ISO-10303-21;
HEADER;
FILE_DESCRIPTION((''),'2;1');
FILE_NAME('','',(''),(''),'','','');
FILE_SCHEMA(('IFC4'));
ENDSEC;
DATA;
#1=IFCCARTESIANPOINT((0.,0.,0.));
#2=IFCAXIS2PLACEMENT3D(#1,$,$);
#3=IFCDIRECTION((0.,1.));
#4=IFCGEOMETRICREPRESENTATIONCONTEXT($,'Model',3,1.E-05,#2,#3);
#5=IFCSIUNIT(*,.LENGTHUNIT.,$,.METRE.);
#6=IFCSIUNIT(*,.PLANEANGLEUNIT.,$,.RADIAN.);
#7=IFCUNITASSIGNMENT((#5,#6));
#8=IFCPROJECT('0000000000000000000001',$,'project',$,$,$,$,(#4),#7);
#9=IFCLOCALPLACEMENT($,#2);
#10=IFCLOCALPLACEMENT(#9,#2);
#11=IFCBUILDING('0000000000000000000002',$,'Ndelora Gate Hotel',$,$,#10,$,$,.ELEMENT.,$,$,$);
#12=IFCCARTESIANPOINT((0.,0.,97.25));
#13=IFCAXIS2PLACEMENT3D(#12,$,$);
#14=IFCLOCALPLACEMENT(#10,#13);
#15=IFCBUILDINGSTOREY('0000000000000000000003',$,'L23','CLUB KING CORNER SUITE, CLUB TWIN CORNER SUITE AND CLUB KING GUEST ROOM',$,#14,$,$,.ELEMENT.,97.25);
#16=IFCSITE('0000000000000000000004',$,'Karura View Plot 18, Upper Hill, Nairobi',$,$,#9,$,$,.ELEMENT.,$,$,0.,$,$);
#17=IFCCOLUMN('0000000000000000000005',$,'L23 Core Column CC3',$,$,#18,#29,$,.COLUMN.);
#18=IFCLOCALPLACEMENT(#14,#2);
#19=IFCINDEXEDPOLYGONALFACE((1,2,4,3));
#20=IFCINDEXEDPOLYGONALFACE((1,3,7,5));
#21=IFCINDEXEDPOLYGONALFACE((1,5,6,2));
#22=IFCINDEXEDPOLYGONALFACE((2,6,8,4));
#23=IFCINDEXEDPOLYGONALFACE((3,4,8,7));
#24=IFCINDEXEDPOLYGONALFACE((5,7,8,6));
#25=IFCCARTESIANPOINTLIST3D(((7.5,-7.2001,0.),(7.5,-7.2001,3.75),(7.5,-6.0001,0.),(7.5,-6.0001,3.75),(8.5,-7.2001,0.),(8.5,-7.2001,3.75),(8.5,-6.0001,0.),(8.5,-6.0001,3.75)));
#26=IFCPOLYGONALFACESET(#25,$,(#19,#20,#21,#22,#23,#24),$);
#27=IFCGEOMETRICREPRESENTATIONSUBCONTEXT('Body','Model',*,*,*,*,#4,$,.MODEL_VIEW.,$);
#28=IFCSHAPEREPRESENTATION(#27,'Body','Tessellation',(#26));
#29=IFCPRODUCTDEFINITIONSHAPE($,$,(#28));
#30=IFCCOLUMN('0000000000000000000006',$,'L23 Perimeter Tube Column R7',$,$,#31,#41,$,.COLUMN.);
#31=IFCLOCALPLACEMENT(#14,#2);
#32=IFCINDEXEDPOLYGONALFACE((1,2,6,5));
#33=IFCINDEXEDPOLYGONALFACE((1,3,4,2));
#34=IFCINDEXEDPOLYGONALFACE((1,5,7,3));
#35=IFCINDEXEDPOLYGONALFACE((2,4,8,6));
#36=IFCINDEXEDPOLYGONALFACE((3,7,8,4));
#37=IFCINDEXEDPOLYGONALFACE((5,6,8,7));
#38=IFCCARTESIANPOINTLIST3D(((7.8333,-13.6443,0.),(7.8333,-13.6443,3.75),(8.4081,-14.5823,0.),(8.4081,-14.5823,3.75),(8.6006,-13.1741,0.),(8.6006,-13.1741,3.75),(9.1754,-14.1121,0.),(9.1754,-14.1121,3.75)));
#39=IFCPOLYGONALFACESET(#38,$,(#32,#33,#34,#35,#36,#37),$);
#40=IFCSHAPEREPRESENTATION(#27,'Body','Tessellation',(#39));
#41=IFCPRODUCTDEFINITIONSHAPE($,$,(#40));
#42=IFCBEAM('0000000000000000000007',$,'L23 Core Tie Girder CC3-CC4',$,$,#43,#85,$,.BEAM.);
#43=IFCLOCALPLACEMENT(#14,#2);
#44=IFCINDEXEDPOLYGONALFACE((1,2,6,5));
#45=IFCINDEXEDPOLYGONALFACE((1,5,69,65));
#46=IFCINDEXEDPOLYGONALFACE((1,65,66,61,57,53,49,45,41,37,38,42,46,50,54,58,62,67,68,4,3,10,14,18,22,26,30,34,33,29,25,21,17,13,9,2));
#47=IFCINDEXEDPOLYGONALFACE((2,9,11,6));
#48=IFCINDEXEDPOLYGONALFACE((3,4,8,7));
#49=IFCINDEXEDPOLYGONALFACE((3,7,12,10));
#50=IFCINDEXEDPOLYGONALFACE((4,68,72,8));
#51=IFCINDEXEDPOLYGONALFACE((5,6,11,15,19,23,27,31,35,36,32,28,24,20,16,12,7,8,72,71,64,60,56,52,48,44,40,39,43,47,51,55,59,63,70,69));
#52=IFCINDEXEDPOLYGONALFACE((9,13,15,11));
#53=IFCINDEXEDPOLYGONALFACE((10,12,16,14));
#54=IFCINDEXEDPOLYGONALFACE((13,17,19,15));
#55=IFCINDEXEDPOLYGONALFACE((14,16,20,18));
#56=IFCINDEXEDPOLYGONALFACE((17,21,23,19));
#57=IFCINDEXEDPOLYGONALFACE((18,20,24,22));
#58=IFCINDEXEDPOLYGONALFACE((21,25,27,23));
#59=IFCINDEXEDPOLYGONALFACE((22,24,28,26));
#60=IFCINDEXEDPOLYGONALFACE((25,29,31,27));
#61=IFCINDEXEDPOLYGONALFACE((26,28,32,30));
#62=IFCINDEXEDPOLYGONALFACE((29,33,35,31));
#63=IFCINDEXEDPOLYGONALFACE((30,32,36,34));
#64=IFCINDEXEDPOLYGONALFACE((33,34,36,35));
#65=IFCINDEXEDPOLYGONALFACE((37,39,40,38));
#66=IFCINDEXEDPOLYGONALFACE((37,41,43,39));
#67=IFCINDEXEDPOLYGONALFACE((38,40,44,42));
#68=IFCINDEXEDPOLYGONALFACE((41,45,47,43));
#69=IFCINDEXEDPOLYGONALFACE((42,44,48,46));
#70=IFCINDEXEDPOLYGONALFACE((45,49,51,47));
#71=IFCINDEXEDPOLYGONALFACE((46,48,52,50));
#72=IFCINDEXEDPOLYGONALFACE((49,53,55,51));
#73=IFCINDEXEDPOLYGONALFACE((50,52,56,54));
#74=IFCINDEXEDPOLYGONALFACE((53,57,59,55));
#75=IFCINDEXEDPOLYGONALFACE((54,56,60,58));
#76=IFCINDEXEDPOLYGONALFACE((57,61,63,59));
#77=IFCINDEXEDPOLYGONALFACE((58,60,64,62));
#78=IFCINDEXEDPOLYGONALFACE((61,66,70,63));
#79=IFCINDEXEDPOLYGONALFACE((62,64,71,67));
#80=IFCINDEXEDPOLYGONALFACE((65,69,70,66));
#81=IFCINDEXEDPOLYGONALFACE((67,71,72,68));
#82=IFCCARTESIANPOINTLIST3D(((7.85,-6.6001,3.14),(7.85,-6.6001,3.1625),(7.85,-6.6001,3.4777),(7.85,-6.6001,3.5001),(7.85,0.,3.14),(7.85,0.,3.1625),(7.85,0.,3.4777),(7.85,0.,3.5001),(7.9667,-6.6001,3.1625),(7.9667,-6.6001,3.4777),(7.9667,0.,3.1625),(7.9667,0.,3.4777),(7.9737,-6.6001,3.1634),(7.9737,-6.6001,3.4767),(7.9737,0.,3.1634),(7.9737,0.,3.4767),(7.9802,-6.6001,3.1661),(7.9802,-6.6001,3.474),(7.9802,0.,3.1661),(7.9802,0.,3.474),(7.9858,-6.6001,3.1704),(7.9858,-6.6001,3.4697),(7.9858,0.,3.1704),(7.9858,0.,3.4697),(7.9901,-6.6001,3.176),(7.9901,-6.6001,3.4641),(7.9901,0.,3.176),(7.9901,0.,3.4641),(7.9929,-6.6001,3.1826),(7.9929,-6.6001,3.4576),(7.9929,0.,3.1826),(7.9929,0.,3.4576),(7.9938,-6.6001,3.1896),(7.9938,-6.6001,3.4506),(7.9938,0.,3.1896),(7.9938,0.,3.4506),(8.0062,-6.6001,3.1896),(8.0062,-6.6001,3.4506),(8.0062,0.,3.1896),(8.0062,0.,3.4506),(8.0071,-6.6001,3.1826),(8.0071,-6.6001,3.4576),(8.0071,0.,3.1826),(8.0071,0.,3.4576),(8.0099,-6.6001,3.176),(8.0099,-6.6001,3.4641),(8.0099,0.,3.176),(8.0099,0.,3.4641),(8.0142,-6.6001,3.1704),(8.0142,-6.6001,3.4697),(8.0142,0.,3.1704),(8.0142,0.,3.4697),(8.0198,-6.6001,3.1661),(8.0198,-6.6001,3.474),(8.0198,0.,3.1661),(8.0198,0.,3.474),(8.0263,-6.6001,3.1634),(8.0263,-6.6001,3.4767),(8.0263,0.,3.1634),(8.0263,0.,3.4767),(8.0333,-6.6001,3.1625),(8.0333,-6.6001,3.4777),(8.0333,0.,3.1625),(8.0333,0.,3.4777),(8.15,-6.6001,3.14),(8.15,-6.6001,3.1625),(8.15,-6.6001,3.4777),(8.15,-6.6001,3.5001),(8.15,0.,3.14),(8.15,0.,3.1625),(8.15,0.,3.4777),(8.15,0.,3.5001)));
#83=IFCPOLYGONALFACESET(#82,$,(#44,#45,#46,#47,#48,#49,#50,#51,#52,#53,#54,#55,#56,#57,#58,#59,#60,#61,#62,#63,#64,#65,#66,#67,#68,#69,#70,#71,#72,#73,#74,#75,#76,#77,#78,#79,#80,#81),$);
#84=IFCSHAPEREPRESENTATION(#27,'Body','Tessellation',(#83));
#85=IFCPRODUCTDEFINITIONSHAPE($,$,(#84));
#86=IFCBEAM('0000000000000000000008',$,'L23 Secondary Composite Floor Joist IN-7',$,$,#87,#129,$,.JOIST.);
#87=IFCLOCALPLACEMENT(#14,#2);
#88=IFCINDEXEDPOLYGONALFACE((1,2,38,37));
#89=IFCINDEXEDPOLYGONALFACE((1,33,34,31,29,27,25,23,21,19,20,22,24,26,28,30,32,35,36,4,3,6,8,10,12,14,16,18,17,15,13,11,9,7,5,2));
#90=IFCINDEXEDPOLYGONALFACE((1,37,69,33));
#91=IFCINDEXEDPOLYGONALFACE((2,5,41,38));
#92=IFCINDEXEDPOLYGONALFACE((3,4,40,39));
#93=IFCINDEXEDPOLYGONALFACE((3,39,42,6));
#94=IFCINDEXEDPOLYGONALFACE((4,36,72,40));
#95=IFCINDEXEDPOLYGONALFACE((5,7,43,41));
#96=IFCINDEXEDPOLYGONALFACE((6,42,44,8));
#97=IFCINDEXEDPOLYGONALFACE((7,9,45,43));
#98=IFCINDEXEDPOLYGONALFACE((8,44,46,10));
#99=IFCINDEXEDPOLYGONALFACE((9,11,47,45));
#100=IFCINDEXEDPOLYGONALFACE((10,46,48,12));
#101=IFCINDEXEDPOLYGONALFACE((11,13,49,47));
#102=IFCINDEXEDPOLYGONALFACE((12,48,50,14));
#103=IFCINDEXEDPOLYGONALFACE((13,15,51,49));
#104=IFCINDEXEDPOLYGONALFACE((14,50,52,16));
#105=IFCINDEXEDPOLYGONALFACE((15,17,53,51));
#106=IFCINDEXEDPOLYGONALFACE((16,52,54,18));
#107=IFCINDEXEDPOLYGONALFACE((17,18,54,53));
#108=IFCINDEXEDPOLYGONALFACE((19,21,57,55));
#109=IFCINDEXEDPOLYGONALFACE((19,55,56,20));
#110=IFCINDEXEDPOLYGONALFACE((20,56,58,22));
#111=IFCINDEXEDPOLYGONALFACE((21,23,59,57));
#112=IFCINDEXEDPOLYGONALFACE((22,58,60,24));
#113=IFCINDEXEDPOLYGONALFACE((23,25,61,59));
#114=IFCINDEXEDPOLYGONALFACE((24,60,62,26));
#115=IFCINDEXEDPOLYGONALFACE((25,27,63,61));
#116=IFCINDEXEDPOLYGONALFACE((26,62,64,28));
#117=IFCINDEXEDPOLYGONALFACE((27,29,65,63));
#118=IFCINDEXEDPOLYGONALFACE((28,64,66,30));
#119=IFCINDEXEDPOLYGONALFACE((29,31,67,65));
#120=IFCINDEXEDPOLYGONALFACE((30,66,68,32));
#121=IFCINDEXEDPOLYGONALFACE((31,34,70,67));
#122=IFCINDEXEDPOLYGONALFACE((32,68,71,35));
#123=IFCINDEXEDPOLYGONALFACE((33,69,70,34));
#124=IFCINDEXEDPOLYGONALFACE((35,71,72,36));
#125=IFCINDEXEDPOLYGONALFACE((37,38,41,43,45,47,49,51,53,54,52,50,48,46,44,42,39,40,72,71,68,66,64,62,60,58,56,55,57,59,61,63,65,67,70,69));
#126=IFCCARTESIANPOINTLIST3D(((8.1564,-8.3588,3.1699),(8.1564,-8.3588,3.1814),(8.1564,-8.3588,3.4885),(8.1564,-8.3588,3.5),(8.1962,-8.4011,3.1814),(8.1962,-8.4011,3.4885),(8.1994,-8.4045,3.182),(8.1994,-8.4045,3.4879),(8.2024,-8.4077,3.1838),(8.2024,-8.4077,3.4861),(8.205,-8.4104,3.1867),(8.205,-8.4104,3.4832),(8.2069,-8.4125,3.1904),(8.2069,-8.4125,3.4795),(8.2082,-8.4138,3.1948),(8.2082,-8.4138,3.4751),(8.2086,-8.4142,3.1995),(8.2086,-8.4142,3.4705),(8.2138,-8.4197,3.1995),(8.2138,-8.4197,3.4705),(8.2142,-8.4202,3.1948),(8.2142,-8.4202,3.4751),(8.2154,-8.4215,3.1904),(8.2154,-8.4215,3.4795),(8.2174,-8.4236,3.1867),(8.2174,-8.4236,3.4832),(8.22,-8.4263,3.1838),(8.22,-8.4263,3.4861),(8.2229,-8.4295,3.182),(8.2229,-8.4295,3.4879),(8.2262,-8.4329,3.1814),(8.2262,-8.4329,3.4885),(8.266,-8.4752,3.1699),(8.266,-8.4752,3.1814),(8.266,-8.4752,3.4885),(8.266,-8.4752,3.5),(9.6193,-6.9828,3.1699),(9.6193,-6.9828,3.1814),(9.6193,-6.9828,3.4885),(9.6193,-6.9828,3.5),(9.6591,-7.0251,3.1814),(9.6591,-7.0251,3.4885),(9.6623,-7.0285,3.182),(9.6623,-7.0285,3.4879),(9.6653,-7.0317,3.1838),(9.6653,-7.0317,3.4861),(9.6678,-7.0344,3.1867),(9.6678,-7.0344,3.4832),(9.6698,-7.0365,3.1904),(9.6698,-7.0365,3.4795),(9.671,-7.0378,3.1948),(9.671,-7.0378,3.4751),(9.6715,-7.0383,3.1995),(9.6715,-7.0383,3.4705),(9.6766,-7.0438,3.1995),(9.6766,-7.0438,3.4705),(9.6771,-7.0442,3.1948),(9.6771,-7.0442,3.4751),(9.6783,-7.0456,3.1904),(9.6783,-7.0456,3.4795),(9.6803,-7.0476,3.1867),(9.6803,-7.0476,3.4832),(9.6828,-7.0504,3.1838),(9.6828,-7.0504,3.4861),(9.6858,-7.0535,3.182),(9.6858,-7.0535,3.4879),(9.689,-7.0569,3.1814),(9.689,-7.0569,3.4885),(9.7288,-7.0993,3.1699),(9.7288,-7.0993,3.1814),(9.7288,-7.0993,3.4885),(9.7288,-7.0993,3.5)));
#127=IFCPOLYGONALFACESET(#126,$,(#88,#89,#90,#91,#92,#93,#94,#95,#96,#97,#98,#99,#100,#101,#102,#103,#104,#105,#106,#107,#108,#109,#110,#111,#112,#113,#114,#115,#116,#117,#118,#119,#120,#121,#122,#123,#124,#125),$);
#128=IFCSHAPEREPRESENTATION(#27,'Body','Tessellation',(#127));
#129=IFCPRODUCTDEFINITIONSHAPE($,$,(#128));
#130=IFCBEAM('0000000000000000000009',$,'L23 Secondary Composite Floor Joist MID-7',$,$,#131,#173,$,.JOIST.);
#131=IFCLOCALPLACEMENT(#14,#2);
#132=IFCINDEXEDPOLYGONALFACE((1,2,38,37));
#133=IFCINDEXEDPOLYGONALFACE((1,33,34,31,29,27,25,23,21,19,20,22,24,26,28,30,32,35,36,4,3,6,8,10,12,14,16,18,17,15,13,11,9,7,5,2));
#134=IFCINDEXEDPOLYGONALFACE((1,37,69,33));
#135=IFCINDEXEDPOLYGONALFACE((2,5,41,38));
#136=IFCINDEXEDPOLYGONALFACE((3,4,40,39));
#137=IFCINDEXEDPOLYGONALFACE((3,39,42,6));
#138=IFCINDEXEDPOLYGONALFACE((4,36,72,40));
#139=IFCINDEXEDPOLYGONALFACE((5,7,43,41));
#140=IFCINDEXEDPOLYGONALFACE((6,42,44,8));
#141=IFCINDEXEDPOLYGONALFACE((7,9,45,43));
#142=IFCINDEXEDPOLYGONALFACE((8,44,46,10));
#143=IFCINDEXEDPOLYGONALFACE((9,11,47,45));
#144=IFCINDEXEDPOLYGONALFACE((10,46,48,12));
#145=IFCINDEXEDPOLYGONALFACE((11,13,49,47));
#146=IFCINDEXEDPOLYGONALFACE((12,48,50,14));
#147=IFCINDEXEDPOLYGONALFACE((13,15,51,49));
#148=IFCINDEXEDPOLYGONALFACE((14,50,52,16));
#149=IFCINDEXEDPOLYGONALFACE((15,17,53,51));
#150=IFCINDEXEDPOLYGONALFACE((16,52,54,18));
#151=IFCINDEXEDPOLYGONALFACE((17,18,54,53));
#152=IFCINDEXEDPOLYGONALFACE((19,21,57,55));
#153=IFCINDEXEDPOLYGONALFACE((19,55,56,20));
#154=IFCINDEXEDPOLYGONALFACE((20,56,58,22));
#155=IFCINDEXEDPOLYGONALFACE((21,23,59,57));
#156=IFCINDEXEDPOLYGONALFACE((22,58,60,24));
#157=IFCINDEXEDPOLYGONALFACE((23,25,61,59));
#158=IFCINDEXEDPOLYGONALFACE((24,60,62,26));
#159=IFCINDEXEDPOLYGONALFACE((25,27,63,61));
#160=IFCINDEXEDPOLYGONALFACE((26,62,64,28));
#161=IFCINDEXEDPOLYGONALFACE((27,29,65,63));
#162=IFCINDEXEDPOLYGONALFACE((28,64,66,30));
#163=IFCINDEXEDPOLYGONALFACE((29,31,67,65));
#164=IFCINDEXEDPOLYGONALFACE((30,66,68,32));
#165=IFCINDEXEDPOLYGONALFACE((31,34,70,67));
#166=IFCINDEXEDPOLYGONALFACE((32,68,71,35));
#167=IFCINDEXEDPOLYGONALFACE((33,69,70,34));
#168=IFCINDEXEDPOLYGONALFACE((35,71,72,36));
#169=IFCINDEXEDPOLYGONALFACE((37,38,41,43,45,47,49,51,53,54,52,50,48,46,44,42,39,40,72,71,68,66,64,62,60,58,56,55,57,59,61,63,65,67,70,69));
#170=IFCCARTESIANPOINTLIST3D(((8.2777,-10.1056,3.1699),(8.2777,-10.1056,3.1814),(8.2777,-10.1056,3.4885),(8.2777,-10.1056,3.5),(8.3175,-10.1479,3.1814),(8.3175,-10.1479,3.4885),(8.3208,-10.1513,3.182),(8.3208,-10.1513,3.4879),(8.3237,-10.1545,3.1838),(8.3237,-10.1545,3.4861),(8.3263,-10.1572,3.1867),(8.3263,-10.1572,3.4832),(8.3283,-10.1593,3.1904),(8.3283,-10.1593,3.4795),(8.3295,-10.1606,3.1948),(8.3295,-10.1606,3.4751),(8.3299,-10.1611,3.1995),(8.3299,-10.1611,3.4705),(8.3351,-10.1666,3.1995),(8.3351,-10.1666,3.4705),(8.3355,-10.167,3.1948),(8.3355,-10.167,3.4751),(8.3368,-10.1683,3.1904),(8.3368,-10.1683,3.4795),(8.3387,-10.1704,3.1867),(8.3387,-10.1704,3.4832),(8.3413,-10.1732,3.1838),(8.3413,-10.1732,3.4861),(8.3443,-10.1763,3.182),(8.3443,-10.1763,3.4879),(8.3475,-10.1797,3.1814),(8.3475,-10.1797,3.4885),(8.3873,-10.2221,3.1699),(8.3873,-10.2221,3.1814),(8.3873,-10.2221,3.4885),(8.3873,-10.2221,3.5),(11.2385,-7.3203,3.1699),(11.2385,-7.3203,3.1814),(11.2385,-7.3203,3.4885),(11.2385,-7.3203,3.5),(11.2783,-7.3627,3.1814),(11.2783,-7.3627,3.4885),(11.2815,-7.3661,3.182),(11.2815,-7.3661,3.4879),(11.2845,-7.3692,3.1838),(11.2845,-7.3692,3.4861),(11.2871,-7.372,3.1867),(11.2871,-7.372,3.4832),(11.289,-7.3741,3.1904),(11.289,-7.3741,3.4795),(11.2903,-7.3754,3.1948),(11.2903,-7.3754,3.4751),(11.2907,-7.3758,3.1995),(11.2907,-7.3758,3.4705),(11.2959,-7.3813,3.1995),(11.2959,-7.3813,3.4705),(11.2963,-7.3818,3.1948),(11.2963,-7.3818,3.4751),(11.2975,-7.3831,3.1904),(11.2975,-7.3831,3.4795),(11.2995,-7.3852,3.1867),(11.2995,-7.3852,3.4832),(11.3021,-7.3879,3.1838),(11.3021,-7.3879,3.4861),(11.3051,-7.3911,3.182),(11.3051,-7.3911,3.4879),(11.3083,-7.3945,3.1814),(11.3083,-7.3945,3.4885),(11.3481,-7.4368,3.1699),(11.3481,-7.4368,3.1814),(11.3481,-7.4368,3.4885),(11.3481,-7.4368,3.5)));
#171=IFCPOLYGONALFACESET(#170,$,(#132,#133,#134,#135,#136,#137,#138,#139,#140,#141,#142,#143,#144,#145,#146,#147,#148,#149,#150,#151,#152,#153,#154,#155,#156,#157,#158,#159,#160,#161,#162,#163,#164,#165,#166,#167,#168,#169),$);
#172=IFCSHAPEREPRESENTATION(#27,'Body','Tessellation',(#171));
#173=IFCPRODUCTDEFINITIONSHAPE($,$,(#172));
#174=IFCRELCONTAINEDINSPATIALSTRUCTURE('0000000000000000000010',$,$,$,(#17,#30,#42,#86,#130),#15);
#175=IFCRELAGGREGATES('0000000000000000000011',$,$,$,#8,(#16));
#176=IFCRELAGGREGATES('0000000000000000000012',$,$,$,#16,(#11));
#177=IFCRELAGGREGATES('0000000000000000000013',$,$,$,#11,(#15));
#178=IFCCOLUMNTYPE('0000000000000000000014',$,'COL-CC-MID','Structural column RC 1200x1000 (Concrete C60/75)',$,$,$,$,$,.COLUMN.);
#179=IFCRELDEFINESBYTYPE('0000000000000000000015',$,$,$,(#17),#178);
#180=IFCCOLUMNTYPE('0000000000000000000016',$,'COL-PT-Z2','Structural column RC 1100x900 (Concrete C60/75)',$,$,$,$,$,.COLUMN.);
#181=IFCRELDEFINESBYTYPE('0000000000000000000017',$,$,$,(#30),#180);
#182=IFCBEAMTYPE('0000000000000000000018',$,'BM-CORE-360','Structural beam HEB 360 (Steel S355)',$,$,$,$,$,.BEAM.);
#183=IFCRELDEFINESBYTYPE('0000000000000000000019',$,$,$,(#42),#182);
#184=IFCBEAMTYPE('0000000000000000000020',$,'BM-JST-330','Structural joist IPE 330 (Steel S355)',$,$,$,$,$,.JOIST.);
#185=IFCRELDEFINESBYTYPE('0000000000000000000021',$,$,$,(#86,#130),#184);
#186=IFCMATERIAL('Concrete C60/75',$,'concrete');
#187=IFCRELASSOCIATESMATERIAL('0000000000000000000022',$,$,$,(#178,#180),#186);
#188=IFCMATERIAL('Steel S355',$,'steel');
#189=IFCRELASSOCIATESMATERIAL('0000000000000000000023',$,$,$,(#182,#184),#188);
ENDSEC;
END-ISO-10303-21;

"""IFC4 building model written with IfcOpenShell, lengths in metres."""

from ifc_helpers import new_model, si_unit, direction, frame, origin, origin_2d, place, context, subcontext, project, spatial, rectangle, i_section, extrude, material, material_profile, profile_set, type_object, element, save


model = new_model("IFC4")

# Units and contexts
model_context = context("Model", 3, precision=1e-05, world=origin(), true_north=direction((0.0, 1.0)))
body_context = subcontext(model_context, "Body", "Model", "MODEL_VIEW")
ifc_project = project(units=[si_unit("LENGTHUNIT", "METRE"), si_unit("PLANEANGLEUNIT", "RADIAN")], contexts=[model_context])

# Site, building, storey
site_placement = place(None, origin())
site = spatial("IfcSite", under=ifc_project, at=site_placement, Name="Karura View Plot 18, Upper Hill, Nairobi", CompositionType="ELEMENT", RefElevation=0.0)
building_placement = place(site_placement, origin())
building = spatial("IfcBuilding", under=site, at=building_placement, Name="Ndelora Gate Hotel", CompositionType="ELEMENT")
storey_placement = place(building_placement, frame((0.0, 0.0, 97.25)))
storey = spatial("IfcBuildingStorey", under=building, at=storey_placement, Name="L23", Description="CLUB KING CORNER SUITE, CLUB TWIN CORNER SUITE AND CLUB KING GUEST ROOM", CompositionType="ELEMENT", Elevation=97.25)

# Columns
ifc_material_1 = material(Name="Concrete C60/75", Category="concrete")
ifc_material_profile_1 = material_profile(ifc_material_1, rectangle(XDim=1.0, YDim=1.2, at=origin_2d()), Name="RC 1200x1000")
ifc_profile_set_1 = profile_set([ifc_material_profile_1], Name="Concrete C60/75")
column_type_1 = type_object("IfcColumnType", Name="COL-CC-MID", Description="Structural column RC 1200x1000 (Concrete C60/75)", PredefinedType="COLUMN", material=ifc_profile_set_1)
column_1_placement = place(storey_placement, frame((8.0, -6.6001, 0.0), z_axis=(0.0, 0.0, 1.0), x_axis=(1.0, 0.0, 0.0)))
element("IfcColumn", 1, at=column_1_placement, inside=storey, type_object=column_type_1, Name="L23 Core Column CC3", PredefinedType="COLUMN", context=body_context, shape_type="SweptSolid", body=[
    extrude(rectangle(XDim=1.0, YDim=1.2, at=origin_2d()), origin(), (0.0, 0.0, 1.0), 3.75),
])
ifc_material_profile_2 = material_profile(ifc_material_1, rectangle(XDim=0.8999, YDim=1.1001, at=origin_2d()), Name="RC 1100x900")
ifc_profile_set_2 = profile_set([ifc_material_profile_2], Name="Concrete C60/75")
column_type_2 = type_object("IfcColumnType", Name="COL-PT-Z2", Description="Structural column RC 1100x900 (Concrete C60/75)", PredefinedType="COLUMN", material=ifc_profile_set_2)
column_2_placement = place(storey_placement, frame((8.5044, -13.8782, 0.0), z_axis=(0.0, 0.0, 1.0), x_axis=(0.85264, 0.522499, 0.0)))
element("IfcColumn", 2, at=column_2_placement, inside=storey, type_object=column_type_2, Name="L23 Perimeter Tube Column R7", PredefinedType="COLUMN", context=body_context, shape_type="SweptSolid", body=[
    extrude(rectangle(XDim=0.8999, YDim=1.1001, at=origin_2d()), origin(), (0.0, 0.0, 1.0), 3.75),
])

# Beams
ifc_material_2 = material(Name="Steel S355", Category="steel")
ifc_material_profile_3 = material_profile(ifc_material_2, i_section(OverallWidth=0.3, OverallDepth=0.3601, WebThickness=0.0125, FlangeThickness=0.0225, FilletRadius=0.0271, at=origin_2d()), Name="HEB 360")
ifc_profile_set_3 = profile_set([ifc_material_profile_3], Name="Steel S355")
beam_type_1 = type_object("IfcBeamType", Name="BM-CORE-360", Description="Structural beam HEB 360 (Steel S355)", PredefinedType="BEAM", material=ifc_profile_set_3)
beam_1_placement = place(storey_placement, frame((8.0, -6.6001, 3.3201), z_axis=(0.0, 1.0, 0.0), x_axis=(-1.0, 0.0, 0.0)))
element("IfcBeam", 3, at=beam_1_placement, inside=storey, type_object=beam_type_1, Name="L23 Core Tie Girder CC3-CC4", PredefinedType="BEAM", context=body_context, shape_type="SweptSolid", body=[
    extrude(i_section(OverallWidth=0.3, OverallDepth=0.3601, WebThickness=0.0125, FlangeThickness=0.0225, FilletRadius=0.0271, at=origin_2d()), origin(), (0.0, 0.0, 1.0), 6.6001),
])
ifc_material_profile_4 = material_profile(ifc_material_2, i_section(OverallWidth=0.1599, OverallDepth=0.3301, WebThickness=0.0076, FlangeThickness=0.0115, FilletRadius=0.0181, at=origin_2d()), Name="IPE 330")
ifc_profile_set_4 = profile_set([ifc_material_profile_4], Name="Steel S355")
beam_type_2 = type_object("IfcBeamType", Name="BM-JST-330", Description="Structural joist IPE 330 (Steel S355)", PredefinedType="JOIST", material=ifc_profile_set_4)
beam_2_placement = place(storey_placement, frame((8.2112, -8.417, 3.335), z_axis=(0.728414, 0.685137, 0.0), x_axis=(-0.685137, 0.728414, 0.0)))
element("IfcBeam", 4, at=beam_2_placement, inside=storey, type_object=beam_type_2, Name="L23 Secondary Composite Floor Joist IN-7", PredefinedType="JOIST", context=body_context, shape_type="SweptSolid", body=[
    extrude(i_section(OverallWidth=0.1599, OverallDepth=0.3301, WebThickness=0.0076, FlangeThickness=0.0115, FilletRadius=0.0181, at=origin_2d()), origin(), (0.0, 0.0, 1.0), 2.0083),
])
beam_3_placement = place(storey_placement, frame((8.3325, -10.1638, 3.335), z_axis=(0.728369, 0.685185, 0.0), x_axis=(-0.685185, 0.728369, 0.0)))
element("IfcBeam", 5, at=beam_3_placement, inside=storey, type_object=beam_type_2, Name="L23 Secondary Composite Floor Joist MID-7", PredefinedType="JOIST", context=body_context, shape_type="SweptSolid", body=[
    extrude(i_section(OverallWidth=0.1599, OverallDepth=0.3301, WebThickness=0.0076, FlangeThickness=0.0115, FilletRadius=0.0181, at=origin_2d()), origin(), (0.0, 0.0, 1.0), 4.0649),
])

save(model, "model.ifc")
